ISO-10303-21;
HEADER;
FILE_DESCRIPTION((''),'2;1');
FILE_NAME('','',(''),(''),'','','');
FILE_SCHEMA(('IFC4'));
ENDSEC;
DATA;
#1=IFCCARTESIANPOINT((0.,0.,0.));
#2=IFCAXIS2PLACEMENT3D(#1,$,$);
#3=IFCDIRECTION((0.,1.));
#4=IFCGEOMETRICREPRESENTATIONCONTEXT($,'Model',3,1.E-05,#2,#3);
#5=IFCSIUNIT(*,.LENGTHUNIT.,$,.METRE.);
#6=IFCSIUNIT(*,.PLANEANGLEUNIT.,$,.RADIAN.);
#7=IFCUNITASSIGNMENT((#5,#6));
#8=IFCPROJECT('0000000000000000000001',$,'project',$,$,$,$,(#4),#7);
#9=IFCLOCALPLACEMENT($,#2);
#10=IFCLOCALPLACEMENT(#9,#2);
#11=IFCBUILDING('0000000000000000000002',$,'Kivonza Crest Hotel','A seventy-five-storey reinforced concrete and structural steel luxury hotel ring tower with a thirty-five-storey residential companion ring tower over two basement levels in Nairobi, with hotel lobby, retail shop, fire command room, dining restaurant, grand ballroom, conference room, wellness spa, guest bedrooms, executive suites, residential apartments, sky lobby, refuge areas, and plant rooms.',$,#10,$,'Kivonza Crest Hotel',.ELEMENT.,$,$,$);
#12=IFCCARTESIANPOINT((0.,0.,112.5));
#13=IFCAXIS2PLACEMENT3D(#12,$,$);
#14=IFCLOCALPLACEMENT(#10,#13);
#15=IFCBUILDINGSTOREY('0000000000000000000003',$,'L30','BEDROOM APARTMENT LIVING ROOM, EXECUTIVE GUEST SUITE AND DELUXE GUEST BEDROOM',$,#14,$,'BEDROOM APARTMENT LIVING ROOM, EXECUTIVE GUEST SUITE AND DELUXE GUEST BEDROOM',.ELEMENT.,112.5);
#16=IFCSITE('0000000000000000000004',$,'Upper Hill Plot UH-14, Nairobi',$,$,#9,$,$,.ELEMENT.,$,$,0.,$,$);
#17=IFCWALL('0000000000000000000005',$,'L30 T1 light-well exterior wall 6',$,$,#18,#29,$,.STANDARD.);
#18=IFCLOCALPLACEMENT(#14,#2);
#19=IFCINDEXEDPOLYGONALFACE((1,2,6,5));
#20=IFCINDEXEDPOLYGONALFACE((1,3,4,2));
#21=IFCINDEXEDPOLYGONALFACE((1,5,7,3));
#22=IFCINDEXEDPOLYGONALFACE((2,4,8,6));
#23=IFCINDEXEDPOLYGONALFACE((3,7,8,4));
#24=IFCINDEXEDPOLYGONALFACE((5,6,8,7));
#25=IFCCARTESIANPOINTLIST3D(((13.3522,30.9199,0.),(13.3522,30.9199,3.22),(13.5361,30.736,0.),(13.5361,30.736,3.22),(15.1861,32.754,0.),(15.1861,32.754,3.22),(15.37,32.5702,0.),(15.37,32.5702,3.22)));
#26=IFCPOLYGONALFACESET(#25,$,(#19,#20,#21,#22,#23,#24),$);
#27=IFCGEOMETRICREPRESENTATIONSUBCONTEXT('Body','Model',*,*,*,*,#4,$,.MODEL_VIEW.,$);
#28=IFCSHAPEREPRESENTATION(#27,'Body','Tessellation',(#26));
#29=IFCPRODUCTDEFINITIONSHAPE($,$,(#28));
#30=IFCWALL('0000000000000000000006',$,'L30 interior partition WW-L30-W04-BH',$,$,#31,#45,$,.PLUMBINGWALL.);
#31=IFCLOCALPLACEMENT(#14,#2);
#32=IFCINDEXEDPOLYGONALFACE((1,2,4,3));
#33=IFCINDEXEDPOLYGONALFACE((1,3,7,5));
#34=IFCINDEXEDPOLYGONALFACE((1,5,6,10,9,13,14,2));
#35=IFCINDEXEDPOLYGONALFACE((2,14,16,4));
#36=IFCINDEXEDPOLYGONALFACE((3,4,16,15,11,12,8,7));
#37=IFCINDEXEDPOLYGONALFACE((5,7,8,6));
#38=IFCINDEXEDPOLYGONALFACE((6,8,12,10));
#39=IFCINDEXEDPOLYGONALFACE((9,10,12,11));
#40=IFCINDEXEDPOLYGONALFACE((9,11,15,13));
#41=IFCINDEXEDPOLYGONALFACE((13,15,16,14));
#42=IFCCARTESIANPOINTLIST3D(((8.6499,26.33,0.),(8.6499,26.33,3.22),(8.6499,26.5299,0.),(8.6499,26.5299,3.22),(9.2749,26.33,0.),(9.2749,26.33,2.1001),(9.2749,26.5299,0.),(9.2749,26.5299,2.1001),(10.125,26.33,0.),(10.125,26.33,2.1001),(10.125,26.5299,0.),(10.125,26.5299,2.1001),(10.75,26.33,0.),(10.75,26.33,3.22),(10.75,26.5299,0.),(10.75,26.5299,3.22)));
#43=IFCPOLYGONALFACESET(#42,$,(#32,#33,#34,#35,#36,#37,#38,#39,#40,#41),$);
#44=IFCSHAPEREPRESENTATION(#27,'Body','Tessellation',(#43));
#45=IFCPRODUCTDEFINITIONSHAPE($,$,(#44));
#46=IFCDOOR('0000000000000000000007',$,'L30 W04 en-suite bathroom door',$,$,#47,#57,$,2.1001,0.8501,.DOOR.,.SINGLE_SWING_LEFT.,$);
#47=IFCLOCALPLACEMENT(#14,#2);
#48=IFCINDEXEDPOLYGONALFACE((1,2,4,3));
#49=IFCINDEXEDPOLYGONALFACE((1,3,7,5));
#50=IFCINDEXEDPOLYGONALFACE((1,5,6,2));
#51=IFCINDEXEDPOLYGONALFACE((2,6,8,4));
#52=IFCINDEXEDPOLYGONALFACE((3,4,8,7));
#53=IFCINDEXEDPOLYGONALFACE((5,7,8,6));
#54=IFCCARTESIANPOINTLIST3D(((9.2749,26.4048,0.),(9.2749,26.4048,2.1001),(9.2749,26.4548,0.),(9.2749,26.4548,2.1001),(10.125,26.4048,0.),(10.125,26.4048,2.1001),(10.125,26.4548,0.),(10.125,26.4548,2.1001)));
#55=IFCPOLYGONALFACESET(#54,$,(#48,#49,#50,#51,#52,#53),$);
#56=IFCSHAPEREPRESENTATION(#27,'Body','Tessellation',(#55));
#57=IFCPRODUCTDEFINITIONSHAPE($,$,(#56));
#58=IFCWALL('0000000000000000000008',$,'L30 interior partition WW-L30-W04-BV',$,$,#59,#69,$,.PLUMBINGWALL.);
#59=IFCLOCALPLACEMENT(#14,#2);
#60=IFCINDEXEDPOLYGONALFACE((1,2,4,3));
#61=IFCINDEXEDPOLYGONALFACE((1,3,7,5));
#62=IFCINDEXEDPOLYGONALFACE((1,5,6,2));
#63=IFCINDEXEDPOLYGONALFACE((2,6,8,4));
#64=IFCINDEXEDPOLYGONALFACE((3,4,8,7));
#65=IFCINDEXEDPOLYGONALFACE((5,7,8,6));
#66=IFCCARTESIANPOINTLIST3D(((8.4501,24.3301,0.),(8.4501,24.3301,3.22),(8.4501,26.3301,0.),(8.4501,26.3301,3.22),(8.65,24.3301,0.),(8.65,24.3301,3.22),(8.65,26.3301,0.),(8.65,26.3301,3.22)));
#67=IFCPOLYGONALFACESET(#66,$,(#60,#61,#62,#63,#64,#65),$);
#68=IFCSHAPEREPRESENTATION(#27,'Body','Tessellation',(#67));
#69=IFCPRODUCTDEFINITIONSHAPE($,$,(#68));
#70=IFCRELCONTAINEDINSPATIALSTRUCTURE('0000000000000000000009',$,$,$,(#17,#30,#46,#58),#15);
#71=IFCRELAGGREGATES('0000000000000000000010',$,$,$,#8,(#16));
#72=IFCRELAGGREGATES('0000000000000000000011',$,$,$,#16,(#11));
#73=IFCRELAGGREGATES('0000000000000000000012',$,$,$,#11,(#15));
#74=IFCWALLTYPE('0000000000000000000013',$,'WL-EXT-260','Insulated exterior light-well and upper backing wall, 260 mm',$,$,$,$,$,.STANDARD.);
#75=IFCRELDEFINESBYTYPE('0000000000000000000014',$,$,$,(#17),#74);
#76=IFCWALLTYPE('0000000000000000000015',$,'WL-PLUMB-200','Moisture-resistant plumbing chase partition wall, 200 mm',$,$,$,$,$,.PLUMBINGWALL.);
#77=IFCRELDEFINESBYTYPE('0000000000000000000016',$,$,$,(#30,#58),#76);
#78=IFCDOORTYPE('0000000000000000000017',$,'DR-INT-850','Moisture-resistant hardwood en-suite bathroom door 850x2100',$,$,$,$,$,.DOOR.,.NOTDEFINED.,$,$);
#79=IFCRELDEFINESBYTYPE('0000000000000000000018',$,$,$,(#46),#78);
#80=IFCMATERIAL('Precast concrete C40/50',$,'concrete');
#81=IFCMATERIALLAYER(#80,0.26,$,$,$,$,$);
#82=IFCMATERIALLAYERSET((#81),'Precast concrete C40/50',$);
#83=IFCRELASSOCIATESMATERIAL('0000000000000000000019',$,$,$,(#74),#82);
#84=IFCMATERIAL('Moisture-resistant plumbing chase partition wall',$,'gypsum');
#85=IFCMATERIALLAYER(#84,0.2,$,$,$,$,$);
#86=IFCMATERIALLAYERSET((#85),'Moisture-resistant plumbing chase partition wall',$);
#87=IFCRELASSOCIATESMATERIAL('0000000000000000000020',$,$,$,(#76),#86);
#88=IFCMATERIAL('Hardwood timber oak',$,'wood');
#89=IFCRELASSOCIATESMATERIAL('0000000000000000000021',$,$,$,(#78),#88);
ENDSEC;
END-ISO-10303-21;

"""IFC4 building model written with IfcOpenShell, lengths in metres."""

from ifc_helpers import new_model, si_unit, direction, frame, frame_2d, origin, place, context, subcontext, project, spatial, rectangle, extrude, material, layer, layer_set, type_object, element, fill, save


model = new_model("IFC4")

# Units and contexts
model_context = context("Model", 3, precision=1e-05, world=origin(), true_north=direction((0.0, 1.0)))
body_context = subcontext(model_context, "Body", "Model", "MODEL_VIEW")
ifc_project = project(units=[si_unit("LENGTHUNIT", "METRE"), si_unit("PLANEANGLEUNIT", "RADIAN")], contexts=[model_context])

# Site, building, storey
site_placement = place(None, origin())
site = spatial("IfcSite", under=ifc_project, at=site_placement, Name="Upper Hill Plot UH-14, Nairobi", CompositionType="ELEMENT", RefElevation=0.0)
building_placement = place(site_placement, origin())
building = spatial("IfcBuilding", under=site, at=building_placement, Name="Kivonza Crest Hotel", Description="A seventy-five-storey reinforced concrete and structural steel luxury hotel ring tower with a thirty-five-storey residential companion ring tower over two basement levels in Nairobi, with hotel lobby, retail shop, fire command room, dining restaurant, grand ballroom, conference room, wellness spa, guest bedrooms, executive suites, residential apartments, sky lobby, refuge areas, and plant rooms.", LongName="Kivonza Crest Hotel", CompositionType="ELEMENT")
storey_placement = place(building_placement, frame((0.0, 0.0, 112.5)))
storey = spatial("IfcBuildingStorey", under=building, at=storey_placement, Name="L30", Description="BEDROOM APARTMENT LIVING ROOM, EXECUTIVE GUEST SUITE AND DELUXE GUEST BEDROOM", LongName="BEDROOM APARTMENT LIVING ROOM, EXECUTIVE GUEST SUITE AND DELUXE GUEST BEDROOM", CompositionType="ELEMENT", Elevation=112.5)

# Shared definitions
ifc_material_1 = material(Name="Hardwood timber oak", Category="wood")

# Wall
ifc_material_2 = material(Name="Precast concrete C40/50", Category="concrete")
ifc_layer_1 = layer(ifc_material_2, 0.26)
ifc_layer_set_1 = layer_set([ifc_layer_1], Name="Precast concrete C40/50")
wall_type_1 = type_object("IfcWallType", Name="WL-EXT-260", Description="Insulated exterior light-well and upper backing wall, 260 mm", PredefinedType="STANDARD", material=ifc_layer_set_1)
wall_1_placement = place(storey_placement, frame((15.2781, 32.6621, 0.0), z_axis=(0.0, 0.0, 1.0), x_axis=(-0.70706, -0.707154, 0.0)))
element("IfcWall", 1, at=wall_1_placement, inside=storey, type_object=wall_type_1, Name="L30 T1 light-well exterior wall 6", PredefinedType="STANDARD", context=body_context, shape_type="SweptSolid", body=[
    extrude(rectangle(XDim=2.5938, YDim=0.26, at=frame_2d((1.2969, 0.0))), origin(), (0.0, 0.0, 1.0), 3.22),
])

# Wall, opening, door
ifc_material_3 = material(Name="Moisture-resistant plumbing chase partition wall", Category="gypsum")
ifc_layer_2 = layer(ifc_material_3, 0.2)
ifc_layer_set_2 = layer_set([ifc_layer_2], Name="Moisture-resistant plumbing chase partition wall")
wall_type_2 = type_object("IfcWallType", Name="WL-PLUMB-200", Description="Moisture-resistant plumbing chase partition wall, 200 mm", PredefinedType="PLUMBINGWALL", material=ifc_layer_set_2)
wall_2_placement = place(storey_placement, frame((8.6499, 26.4299, 0.0), z_axis=(0.0, 0.0, 1.0), x_axis=(1.0, 0.0, 0.0)))
wall_2 = element("IfcWall", 2, at=wall_2_placement, inside=storey, type_object=wall_type_2, Name="L30 interior partition WW-L30-W04-BH", PredefinedType="PLUMBINGWALL", context=body_context, shape_type="SweptSolid", body=[
    extrude(rectangle(XDim=2.1001, YDim=0.2, at=frame_2d((1.05, 0.0))), origin(), (0.0, 0.0, 1.0), 3.22),
])
opening_1_placement = place(wall_2_placement, frame((0.625, 0.0, 0.0)))
opening_1 = element("IfcOpeningElement", 3, at=opening_1_placement, cuts=wall_2, PredefinedType="OPENING", context=body_context, shape_type="SweptSolid", body=[
    extrude(rectangle(XDim=0.8501, YDim=2.1001, at=frame_2d((0.425, 1.05))), frame((0.0, 0.1099, 0.0), z_axis=(0.0, -1.0, 0.0), x_axis=(1.0, 0.0, 0.0)), (0.0, 0.0, 1.0), 0.22),
])
door_type_1 = type_object("IfcDoorType", Name="DR-INT-850", Description="Moisture-resistant hardwood en-suite bathroom door 850x2100", OperationType="NOTDEFINED", PredefinedType="DOOR", material=ifc_material_1)
door_1_placement = place(opening_1_placement, origin())
door_1 = element("IfcDoor", 4, at=door_1_placement, inside=storey, type_object=door_type_1, Name="L30 W04 en-suite bathroom door", OperationType="SINGLE_SWING_LEFT", OverallHeight=2.1001, OverallWidth=0.8501, PredefinedType="DOOR", context=body_context, shape_type="SweptSolid", body=[
    extrude(rectangle(XDim=0.8501, YDim=2.1001, at=frame_2d((0.425, 1.05))), frame((0.0, 0.0249, 0.0), z_axis=(0.0, -1.0, 0.0), x_axis=(1.0, 0.0, 0.0)), (0.0, 0.0, 1.0), 0.05),
])
fill(opening_1, door_1)

# Wall
wall_3_placement = place(storey_placement, frame((8.55, 24.3301, 0.0), z_axis=(0.0, 0.0, 1.0), x_axis=(0.0, 1.0, 0.0)))
element("IfcWall", 5, at=wall_3_placement, inside=storey, type_object=wall_type_2, Name="L30 interior partition WW-L30-W04-BV", PredefinedType="PLUMBINGWALL", context=body_context, shape_type="SweptSolid", body=[
    extrude(rectangle(XDim=2.0, YDim=0.2, at=frame_2d((1.0, 0.0))), origin(), (0.0, 0.0, 1.0), 3.22),
])

save(model, "model.ifc")
